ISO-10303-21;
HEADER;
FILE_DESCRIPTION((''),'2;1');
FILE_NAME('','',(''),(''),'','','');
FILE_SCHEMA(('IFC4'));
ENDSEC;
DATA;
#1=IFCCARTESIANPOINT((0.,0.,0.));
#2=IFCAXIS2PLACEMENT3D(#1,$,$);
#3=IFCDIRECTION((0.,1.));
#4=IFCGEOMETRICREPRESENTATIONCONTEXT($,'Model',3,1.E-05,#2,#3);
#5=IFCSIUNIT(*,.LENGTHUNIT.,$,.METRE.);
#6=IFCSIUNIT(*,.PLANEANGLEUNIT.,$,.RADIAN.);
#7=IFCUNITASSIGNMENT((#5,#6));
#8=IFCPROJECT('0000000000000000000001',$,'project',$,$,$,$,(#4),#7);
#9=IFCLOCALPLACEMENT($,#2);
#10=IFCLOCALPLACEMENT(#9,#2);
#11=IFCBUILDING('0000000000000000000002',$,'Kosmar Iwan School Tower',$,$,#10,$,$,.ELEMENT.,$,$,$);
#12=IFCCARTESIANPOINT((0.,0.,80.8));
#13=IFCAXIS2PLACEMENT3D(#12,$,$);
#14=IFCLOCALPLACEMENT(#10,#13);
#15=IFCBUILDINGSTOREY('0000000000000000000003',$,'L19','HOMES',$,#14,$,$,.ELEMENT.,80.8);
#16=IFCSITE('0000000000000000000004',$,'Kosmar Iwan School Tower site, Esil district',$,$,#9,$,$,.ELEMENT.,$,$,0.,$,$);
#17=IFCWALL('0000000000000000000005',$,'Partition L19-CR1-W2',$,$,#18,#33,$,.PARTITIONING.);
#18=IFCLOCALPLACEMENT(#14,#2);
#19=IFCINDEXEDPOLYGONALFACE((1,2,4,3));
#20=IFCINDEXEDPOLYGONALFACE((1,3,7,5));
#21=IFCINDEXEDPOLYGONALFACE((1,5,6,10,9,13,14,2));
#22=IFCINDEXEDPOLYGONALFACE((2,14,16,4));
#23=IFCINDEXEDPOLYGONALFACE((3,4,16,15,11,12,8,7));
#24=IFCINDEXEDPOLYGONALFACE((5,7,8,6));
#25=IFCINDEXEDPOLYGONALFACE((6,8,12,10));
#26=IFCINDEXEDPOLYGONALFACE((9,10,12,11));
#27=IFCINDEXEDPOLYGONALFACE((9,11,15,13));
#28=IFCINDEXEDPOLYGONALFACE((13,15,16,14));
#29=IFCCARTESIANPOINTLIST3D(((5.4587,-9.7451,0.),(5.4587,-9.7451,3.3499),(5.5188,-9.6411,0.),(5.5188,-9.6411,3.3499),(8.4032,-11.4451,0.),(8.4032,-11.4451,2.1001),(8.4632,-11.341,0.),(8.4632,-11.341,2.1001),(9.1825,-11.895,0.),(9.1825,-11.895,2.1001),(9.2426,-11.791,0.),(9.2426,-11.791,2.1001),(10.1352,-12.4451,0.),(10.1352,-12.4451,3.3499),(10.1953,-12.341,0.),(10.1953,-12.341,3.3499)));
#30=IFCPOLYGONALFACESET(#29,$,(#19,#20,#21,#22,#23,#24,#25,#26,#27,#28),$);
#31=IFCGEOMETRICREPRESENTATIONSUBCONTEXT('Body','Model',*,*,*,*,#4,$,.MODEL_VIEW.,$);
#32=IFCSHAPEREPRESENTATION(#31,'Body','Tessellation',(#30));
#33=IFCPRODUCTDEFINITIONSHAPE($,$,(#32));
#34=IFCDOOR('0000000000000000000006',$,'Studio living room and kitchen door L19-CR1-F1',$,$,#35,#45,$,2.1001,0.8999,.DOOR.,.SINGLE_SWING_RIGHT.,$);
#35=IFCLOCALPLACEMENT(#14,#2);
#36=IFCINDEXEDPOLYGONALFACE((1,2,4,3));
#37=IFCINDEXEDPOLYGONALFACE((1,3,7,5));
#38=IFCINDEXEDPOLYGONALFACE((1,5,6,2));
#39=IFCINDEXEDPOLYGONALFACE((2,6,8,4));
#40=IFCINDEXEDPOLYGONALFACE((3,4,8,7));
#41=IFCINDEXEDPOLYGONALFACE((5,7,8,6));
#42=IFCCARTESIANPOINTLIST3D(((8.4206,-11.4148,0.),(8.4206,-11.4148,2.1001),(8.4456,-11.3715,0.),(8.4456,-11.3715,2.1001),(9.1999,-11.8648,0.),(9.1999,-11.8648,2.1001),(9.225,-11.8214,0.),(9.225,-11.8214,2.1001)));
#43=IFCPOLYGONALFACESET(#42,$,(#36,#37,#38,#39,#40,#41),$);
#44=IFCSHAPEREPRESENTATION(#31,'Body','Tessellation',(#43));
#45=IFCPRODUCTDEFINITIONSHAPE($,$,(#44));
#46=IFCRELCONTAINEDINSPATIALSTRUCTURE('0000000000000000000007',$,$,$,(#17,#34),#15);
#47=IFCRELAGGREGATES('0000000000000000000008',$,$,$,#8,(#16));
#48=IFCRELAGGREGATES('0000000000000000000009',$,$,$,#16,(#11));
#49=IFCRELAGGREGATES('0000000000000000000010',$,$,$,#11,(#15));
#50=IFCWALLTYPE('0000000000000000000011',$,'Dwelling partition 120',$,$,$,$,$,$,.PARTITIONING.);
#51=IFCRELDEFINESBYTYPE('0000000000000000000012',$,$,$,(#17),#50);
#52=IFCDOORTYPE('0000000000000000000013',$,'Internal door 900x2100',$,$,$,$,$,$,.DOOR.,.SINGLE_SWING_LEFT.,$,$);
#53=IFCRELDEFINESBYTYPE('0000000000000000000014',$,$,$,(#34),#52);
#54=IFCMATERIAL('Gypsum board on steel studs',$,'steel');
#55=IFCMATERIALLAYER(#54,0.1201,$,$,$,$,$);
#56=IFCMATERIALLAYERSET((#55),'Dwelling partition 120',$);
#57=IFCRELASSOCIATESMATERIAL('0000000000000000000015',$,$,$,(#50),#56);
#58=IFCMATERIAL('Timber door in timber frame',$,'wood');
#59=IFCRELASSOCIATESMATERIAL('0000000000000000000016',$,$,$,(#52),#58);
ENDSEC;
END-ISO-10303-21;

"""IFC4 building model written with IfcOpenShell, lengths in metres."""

from ifc_helpers import new_model, si_unit, direction, frame, frame_2d, origin, place, context, subcontext, project, spatial, rectangle, extrude, material, layer, layer_set, type_object, element, fill, save


model = new_model("IFC4")

# Units and contexts
model_context = context("Model", 3, precision=1e-05, world=origin(), true_north=direction((0.0, 1.0)))
body_context = subcontext(model_context, "Body", "Model", "MODEL_VIEW")
ifc_project = project(units=[si_unit("LENGTHUNIT", "METRE"), si_unit("PLANEANGLEUNIT", "RADIAN")], contexts=[model_context])

# Site, building, storey
site_placement = place(None, origin())
site = spatial("IfcSite", under=ifc_project, at=site_placement, Name="Kosmar Iwan School Tower site, Esil district", CompositionType="ELEMENT", RefElevation=0.0)
building_placement = place(site_placement, origin())
building = spatial("IfcBuilding", under=site, at=building_placement, Name="Kosmar Iwan School Tower", CompositionType="ELEMENT")
storey_placement = place(building_placement, frame((0.0, 0.0, 80.8)))
storey = spatial("IfcBuildingStorey", under=building, at=storey_placement, Name="L19", Description="HOMES", CompositionType="ELEMENT", Elevation=80.8)

# Wall, opening, door
ifc_material_1 = material(Name="Gypsum board on steel studs", Category="steel")
ifc_layer_1 = layer(ifc_material_1, 0.1201)
ifc_layer_set_1 = layer_set([ifc_layer_1], Name="Dwelling partition 120")
wall_type_1 = type_object("IfcWallType", Name="Dwelling partition 120", PredefinedType="PARTITIONING", material=ifc_layer_set_1)
wall_1_placement = place(storey_placement, frame((5.4888, -9.6931, 0.0), z_axis=(0.0, 0.0, 1.0), x_axis=(0.866028, -0.499995, 0.0)))
wall_1 = element("IfcWall", 1, at=wall_1_placement, inside=storey, type_object=wall_type_1, Name="Partition L19-CR1-W2", PredefinedType="PARTITIONING", context=body_context, shape_type="SweptSolid", body=[
    extrude(rectangle(XDim=5.3999, YDim=0.1201, at=frame_2d((2.7, 0.0))), origin(), (0.0, 0.0, 1.0), 3.3499),
])
opening_1_placement = place(wall_1_placement, frame((3.3999, 0.0, 0.0)))
opening_1 = element("IfcOpeningElement", 2, at=opening_1_placement, cuts=wall_1, PredefinedType="OPENING", context=body_context, shape_type="SweptSolid", body=[
    extrude(rectangle(XDim=0.8999, YDim=2.1001, at=frame_2d((0.45, 1.05))), frame((0.0, 0.072, 0.0), z_axis=(0.0, -1.0, 0.0), x_axis=(1.0, 0.0, 0.0)), (0.0, 0.0, 1.0), 0.144),
])
ifc_material_2 = material(Name="Timber door in timber frame", Category="wood")
door_type = type_object("IfcDoorType", Name="Internal door 900x2100", OperationType="SINGLE_SWING_LEFT", PredefinedType="DOOR", material=ifc_material_2)
door_placement = place(opening_1_placement, origin())
door = element("IfcDoor", 3, at=door_placement, inside=storey, type_object=door_type, Name="Studio living room and kitchen door L19-CR1-F1", OperationType="SINGLE_SWING_RIGHT", OverallHeight=2.1001, OverallWidth=0.8999, PredefinedType="DOOR", context=body_context, shape_type="SweptSolid", body=[
    extrude(rectangle(XDim=0.8999, YDim=2.1001, at=frame_2d((0.45, 1.05))), frame((0.0, 0.0249, 0.0), z_axis=(0.0, -1.0, 0.0), x_axis=(1.0, 0.0, 0.0)), (0.0, 0.0, 1.0), 0.05),
])
fill(opening_1, door)

save(model, "model.ifc")
